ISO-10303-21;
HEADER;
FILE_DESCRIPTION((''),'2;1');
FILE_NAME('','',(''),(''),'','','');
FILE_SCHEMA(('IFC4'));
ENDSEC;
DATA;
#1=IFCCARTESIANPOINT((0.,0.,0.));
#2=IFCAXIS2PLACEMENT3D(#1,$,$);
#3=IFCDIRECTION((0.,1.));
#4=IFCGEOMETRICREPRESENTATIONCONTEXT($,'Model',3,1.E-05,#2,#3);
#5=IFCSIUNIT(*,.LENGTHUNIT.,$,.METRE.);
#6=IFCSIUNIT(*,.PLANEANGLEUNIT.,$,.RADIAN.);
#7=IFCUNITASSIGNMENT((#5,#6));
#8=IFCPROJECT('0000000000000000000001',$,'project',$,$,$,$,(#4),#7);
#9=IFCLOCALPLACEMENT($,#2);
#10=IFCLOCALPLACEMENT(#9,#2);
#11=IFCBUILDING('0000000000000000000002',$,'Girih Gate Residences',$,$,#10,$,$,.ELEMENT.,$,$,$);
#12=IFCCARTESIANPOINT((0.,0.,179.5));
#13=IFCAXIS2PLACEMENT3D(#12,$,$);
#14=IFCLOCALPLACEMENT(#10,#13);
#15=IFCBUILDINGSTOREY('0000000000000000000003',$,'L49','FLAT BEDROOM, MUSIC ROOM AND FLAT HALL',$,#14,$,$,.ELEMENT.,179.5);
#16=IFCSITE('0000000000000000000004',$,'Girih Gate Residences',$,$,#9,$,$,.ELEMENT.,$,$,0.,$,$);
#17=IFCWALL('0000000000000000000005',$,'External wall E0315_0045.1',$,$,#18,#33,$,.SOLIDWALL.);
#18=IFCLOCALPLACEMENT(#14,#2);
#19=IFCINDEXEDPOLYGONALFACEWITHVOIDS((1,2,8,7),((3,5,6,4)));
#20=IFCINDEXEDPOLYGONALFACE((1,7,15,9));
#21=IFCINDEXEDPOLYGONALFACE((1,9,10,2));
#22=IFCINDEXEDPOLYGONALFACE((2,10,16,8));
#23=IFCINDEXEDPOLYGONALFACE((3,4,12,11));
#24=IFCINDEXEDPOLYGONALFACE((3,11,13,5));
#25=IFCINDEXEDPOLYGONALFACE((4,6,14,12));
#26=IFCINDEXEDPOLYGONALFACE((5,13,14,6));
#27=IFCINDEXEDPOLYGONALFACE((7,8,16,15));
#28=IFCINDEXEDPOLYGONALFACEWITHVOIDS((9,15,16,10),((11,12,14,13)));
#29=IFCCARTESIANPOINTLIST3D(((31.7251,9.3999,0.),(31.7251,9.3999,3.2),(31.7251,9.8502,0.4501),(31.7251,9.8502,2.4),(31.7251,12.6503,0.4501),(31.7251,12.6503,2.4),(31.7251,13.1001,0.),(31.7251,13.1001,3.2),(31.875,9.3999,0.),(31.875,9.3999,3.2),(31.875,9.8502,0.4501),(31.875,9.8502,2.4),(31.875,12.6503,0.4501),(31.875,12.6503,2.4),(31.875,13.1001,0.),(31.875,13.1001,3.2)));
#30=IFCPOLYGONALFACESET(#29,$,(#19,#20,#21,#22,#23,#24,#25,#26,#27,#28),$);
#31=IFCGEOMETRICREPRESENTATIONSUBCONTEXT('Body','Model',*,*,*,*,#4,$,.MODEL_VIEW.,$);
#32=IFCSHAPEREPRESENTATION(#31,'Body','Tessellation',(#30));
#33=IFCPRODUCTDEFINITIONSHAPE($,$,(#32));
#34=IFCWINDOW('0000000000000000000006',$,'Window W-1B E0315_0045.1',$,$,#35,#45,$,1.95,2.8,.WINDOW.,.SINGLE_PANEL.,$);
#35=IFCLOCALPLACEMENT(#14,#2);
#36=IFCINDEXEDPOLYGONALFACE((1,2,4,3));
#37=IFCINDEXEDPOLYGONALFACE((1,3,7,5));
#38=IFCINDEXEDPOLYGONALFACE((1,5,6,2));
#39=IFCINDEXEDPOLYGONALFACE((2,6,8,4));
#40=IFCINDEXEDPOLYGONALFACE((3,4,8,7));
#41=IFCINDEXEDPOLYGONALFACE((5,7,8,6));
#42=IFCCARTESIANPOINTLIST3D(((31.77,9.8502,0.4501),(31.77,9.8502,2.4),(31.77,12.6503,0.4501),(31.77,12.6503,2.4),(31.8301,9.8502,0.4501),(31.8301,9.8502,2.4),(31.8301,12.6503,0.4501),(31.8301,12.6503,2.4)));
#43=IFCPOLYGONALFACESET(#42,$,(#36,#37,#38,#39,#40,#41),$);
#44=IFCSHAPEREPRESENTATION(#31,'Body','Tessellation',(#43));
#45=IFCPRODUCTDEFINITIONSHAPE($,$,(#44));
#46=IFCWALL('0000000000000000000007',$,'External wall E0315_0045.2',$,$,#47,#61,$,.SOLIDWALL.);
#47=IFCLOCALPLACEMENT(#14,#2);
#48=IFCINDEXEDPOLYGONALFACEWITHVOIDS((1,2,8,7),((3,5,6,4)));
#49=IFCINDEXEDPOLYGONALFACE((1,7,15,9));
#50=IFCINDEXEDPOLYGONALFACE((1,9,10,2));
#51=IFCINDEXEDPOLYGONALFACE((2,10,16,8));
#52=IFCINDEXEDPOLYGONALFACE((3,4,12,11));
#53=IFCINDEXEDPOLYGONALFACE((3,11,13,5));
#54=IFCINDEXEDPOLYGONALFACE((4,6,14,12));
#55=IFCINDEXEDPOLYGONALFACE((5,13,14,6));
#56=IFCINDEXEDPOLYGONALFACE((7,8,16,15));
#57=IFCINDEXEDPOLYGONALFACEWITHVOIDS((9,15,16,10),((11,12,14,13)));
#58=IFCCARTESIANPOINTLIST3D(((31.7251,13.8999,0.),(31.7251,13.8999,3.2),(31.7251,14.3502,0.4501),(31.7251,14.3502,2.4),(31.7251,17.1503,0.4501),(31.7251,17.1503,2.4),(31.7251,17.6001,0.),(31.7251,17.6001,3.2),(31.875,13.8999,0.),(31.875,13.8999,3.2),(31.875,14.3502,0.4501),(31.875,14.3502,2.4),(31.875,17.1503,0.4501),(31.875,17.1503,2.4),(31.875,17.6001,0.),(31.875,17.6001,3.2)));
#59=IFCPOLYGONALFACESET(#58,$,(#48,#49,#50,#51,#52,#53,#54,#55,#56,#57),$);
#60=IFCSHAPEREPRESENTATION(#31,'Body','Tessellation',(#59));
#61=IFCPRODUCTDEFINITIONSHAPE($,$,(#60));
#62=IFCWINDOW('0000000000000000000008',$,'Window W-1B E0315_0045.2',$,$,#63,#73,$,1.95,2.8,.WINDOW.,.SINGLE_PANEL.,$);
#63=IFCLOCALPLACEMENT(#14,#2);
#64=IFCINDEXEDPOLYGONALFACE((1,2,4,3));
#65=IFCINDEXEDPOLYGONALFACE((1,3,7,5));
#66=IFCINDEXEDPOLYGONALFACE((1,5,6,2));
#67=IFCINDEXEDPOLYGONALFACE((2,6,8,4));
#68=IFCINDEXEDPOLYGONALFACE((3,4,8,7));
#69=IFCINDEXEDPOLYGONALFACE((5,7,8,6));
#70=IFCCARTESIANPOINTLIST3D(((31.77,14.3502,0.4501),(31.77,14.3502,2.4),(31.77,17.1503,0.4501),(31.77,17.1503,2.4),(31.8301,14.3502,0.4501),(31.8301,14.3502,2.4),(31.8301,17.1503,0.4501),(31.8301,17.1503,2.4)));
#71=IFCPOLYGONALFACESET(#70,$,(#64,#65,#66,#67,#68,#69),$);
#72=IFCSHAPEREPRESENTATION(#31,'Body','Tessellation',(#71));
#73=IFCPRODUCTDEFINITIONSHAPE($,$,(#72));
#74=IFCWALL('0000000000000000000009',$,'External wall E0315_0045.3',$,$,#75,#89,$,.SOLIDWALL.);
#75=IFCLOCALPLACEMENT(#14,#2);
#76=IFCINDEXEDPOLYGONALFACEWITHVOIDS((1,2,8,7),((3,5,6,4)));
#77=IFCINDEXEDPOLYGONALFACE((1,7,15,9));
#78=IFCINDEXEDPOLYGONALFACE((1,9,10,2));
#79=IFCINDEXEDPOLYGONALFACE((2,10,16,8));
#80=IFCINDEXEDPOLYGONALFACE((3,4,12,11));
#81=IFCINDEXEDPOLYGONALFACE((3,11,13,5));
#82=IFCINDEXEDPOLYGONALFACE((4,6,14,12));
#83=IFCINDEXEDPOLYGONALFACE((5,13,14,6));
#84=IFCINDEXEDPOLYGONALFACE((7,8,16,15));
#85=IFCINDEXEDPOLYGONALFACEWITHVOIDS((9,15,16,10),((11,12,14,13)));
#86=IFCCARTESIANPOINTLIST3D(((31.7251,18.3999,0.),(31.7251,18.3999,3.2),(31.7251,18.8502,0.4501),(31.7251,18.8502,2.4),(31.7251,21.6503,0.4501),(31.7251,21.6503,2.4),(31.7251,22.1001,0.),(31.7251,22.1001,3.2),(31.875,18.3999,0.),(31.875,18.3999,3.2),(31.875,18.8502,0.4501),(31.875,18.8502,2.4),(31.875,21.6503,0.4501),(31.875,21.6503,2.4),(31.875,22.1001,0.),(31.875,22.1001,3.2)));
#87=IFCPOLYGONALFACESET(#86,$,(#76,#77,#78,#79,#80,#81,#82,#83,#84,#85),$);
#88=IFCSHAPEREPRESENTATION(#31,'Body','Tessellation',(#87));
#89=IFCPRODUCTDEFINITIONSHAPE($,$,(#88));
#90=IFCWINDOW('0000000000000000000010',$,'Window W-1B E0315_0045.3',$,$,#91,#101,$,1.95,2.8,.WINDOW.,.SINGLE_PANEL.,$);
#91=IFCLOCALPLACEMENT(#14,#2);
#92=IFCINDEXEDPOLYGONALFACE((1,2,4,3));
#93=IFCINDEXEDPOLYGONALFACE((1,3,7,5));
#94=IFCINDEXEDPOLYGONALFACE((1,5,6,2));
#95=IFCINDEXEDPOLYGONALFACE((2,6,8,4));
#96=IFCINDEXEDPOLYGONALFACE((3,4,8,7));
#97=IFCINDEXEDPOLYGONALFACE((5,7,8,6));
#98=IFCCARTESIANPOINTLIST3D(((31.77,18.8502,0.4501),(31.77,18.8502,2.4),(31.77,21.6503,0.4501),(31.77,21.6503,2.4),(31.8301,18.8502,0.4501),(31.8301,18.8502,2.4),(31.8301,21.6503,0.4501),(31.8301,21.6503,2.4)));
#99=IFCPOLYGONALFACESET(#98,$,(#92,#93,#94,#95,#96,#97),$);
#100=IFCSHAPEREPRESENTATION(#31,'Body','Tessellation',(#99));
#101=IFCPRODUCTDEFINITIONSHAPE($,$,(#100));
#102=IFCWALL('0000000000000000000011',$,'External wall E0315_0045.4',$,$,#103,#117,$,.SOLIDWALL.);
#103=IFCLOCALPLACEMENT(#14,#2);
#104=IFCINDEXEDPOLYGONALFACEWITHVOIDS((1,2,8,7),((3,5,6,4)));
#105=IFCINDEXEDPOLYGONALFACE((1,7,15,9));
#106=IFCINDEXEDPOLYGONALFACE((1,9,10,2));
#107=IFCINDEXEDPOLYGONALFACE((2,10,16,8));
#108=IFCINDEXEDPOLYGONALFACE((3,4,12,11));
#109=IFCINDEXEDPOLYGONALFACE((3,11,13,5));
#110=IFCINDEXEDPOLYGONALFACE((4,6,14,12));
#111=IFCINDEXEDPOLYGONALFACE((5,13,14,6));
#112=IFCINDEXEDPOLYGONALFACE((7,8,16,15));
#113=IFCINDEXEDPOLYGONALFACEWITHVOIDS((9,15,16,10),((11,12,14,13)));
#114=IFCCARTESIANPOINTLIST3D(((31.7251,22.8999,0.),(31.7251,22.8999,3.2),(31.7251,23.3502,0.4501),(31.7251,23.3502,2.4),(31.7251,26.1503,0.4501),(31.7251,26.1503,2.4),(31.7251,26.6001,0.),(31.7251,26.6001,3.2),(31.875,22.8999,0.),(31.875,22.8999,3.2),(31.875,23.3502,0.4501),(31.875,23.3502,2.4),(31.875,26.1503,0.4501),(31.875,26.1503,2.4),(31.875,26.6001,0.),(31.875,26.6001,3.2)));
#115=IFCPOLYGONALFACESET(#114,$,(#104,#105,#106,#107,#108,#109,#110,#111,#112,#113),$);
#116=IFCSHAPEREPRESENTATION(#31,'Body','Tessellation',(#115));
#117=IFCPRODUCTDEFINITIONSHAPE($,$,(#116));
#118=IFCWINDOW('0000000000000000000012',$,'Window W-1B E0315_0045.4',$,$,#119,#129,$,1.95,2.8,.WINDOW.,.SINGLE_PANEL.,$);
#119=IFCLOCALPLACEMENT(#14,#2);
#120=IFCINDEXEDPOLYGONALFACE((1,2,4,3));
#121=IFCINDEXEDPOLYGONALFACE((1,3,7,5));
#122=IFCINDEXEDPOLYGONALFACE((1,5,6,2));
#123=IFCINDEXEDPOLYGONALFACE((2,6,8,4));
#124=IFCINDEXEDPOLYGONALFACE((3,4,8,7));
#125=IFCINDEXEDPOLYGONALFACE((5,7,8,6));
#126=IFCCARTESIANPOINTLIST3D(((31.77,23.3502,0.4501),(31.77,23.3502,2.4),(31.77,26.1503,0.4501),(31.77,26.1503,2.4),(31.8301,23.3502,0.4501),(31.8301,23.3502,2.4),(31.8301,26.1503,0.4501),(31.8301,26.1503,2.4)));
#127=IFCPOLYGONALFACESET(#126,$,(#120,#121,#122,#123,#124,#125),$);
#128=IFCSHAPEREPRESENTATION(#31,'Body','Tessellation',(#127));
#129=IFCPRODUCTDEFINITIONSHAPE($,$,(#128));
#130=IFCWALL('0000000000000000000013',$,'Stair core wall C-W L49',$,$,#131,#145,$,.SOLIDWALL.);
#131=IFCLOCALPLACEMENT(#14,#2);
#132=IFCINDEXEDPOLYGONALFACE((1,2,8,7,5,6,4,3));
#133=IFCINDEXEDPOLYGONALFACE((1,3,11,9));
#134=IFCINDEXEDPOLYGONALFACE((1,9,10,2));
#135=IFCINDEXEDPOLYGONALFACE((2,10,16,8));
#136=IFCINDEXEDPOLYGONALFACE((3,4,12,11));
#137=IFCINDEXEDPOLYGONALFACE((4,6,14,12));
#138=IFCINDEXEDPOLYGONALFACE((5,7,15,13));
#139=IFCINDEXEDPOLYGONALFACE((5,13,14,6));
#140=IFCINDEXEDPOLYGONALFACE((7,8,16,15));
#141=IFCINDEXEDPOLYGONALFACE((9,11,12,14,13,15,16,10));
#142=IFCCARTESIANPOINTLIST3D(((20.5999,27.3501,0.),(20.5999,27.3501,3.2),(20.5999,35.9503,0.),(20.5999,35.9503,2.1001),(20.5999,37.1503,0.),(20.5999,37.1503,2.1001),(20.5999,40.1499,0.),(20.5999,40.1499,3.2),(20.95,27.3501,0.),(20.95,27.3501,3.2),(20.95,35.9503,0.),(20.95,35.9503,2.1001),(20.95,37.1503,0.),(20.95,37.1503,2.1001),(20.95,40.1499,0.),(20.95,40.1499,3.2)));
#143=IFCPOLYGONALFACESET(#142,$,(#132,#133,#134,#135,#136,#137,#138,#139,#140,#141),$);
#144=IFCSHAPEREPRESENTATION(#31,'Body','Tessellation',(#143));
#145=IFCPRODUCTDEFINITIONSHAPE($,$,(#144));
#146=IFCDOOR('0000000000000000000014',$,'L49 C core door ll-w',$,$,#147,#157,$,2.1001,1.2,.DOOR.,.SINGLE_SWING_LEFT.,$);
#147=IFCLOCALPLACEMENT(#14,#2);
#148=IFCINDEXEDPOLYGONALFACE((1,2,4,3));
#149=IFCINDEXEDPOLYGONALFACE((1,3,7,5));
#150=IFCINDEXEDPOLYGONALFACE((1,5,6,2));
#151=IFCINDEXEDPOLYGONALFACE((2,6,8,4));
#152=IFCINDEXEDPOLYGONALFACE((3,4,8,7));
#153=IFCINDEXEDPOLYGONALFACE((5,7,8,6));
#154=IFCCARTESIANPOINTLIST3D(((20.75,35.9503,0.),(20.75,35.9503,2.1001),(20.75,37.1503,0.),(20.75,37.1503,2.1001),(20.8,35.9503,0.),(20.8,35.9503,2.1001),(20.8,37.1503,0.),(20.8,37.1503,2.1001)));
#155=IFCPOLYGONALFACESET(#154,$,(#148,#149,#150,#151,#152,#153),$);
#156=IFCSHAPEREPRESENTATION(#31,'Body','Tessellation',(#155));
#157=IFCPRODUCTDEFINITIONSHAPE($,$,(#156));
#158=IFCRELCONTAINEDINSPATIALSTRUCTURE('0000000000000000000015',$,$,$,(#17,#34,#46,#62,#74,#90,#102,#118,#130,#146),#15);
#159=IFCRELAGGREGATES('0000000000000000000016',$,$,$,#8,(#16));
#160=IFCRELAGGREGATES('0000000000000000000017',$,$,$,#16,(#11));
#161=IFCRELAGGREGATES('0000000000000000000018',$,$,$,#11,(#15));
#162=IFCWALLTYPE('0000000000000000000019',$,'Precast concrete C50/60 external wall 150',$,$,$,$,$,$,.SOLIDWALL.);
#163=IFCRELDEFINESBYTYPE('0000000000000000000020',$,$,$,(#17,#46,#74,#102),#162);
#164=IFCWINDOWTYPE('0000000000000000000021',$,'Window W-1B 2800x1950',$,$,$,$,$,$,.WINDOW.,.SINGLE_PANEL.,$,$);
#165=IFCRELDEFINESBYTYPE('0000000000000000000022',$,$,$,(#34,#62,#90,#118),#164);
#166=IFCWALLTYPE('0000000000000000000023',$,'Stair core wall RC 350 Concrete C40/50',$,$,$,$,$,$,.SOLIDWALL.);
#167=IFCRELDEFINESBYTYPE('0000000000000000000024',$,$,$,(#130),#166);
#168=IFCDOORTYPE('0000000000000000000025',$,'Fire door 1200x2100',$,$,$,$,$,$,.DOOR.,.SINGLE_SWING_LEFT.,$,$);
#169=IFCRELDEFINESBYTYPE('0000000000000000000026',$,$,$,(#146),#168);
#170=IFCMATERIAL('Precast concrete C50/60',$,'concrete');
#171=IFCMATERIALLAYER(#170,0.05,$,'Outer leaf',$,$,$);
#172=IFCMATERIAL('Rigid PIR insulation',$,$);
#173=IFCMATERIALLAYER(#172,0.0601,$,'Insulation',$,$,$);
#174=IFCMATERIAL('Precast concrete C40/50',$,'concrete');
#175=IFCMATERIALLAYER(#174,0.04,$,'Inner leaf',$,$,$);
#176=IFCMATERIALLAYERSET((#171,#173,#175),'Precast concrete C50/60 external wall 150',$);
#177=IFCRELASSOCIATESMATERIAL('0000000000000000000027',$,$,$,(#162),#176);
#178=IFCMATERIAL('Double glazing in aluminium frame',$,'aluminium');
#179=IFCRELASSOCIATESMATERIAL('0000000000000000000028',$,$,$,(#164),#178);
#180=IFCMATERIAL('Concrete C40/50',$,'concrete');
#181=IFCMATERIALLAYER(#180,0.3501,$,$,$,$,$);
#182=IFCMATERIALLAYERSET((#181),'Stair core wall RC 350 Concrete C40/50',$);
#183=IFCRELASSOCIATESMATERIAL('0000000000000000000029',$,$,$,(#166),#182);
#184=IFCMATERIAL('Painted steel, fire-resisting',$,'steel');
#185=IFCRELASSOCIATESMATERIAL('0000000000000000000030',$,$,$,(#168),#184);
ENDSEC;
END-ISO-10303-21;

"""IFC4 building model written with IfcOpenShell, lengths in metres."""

from ifc_helpers import new_model, si_unit, direction, frame, frame_2d, origin, place, context, subcontext, project, spatial, rectangle, extrude, material, layer, layer_set, type_object, element, fill, save


model = new_model("IFC4")

# Units and contexts
model_context = context("Model", 3, precision=1e-05, world=origin(), true_north=direction((0.0, 1.0)))
body_context = subcontext(model_context, "Body", "Model", "MODEL_VIEW")
ifc_project = project(units=[si_unit("LENGTHUNIT", "METRE"), si_unit("PLANEANGLEUNIT", "RADIAN")], contexts=[model_context])

# Site, building, storey
site_placement = place(None, origin())
site = spatial("IfcSite", under=ifc_project, at=site_placement, Name="Girih Gate Residences", CompositionType="ELEMENT", RefElevation=0.0)
building_placement = place(site_placement, origin())
building = spatial("IfcBuilding", under=site, at=building_placement, Name="Girih Gate Residences", CompositionType="ELEMENT")
storey_placement = place(building_placement, frame((0.0, 0.0, 179.5)))
storey = spatial("IfcBuildingStorey", under=building, at=storey_placement, Name="L49", Description="FLAT BEDROOM, MUSIC ROOM AND FLAT HALL", CompositionType="ELEMENT", Elevation=179.5)

# Walls, openings, windows
ifc_material_1 = material(Name="Precast concrete C50/60", Category="concrete")
ifc_layer_1 = layer(ifc_material_1, 0.05, Name="Outer leaf")
ifc_material_2 = material(Name="Rigid PIR insulation")
ifc_layer_2 = layer(ifc_material_2, 0.0601, Name="Insulation")
ifc_material_3 = material(Name="Precast concrete C40/50", Category="concrete")
ifc_layer_3 = layer(ifc_material_3, 0.04, Name="Inner leaf")
ifc_layer_set_1 = layer_set([ifc_layer_1, ifc_layer_2, ifc_layer_3], Name="Precast concrete C50/60 external wall 150")
wall_type_1 = type_object("IfcWallType", Name="Precast concrete C50/60 external wall 150", PredefinedType="SOLIDWALL", material=ifc_layer_set_1)
wall_1_placement = place(storey_placement, frame((31.8, 13.1001, 0.0), z_axis=(0.0, 0.0, 1.0), x_axis=(0.0, -1.0, 0.0)))
wall_1 = element("IfcWall", 1, at=wall_1_placement, inside=storey, type_object=wall_type_1, Name="External wall E0315_0045.1", PredefinedType="SOLIDWALL", context=body_context, shape_type="SweptSolid", body=[
    extrude(rectangle(XDim=3.7002, YDim=0.1499, at=frame_2d((1.8501, 0.0))), origin(), (0.0, 0.0, 1.0), 3.2),
])
opening_1_placement = place(wall_1_placement, frame((0.45, 0.0, 0.45)))
opening_1 = element("IfcOpeningElement", 2, at=opening_1_placement, cuts=wall_1, PredefinedType="OPENING", context=body_context, shape_type="SweptSolid", body=[
    extrude(rectangle(XDim=2.8, YDim=1.95, at=frame_2d((1.3999, 0.9751))), frame((0.0, 0.085, 0.0), z_axis=(0.0, -1.0, 0.0), x_axis=(1.0, 0.0, 0.0)), (0.0, 0.0, 1.0), 0.1699),
])
ifc_material_4 = material(Name="Double glazing in aluminium frame", Category="aluminium")
window_type = type_object("IfcWindowType", Name="Window W-1B 2800x1950", PartitioningType="SINGLE_PANEL", PredefinedType="WINDOW", material=ifc_material_4)
window_1_placement = place(opening_1_placement, origin())
window_1 = element("IfcWindow", 3, at=window_1_placement, inside=storey, type_object=window_type, Name="Window W-1B E0315_0045.1", OverallHeight=1.95, OverallWidth=2.8, PartitioningType="SINGLE_PANEL", PredefinedType="WINDOW", context=body_context, shape_type="SweptSolid", body=[
    extrude(rectangle(XDim=2.8, YDim=1.95, at=frame_2d((1.3999, 0.9751))), frame((0.0, 0.03, 0.0), z_axis=(0.0, -1.0, 0.0), x_axis=(1.0, 0.0, 0.0)), (0.0, 0.0, 1.0), 0.0601),
])
fill(opening_1, window_1)
wall_2_placement = place(storey_placement, frame((31.8, 17.6001, 0.0), z_axis=(0.0, 0.0, 1.0), x_axis=(0.0, -1.0, 0.0)))
wall_2 = element("IfcWall", 4, at=wall_2_placement, inside=storey, type_object=wall_type_1, Name="External wall E0315_0045.2", PredefinedType="SOLIDWALL", context=body_context, shape_type="SweptSolid", body=[
    extrude(rectangle(XDim=3.7002, YDim=0.1499, at=frame_2d((1.8501, 0.0))), origin(), (0.0, 0.0, 1.0), 3.2),
])
opening_2_placement = place(wall_2_placement, frame((0.45, 0.0, 0.45)))
opening_2 = element("IfcOpeningElement", 5, at=opening_2_placement, cuts=wall_2, PredefinedType="OPENING", context=body_context, shape_type="SweptSolid", body=[
    extrude(rectangle(XDim=2.8, YDim=1.95, at=frame_2d((1.3999, 0.9751))), frame((0.0, 0.085, 0.0), z_axis=(0.0, -1.0, 0.0), x_axis=(1.0, 0.0, 0.0)), (0.0, 0.0, 1.0), 0.1699),
])
window_2_placement = place(opening_2_placement, origin())
window_2 = element("IfcWindow", 6, at=window_2_placement, inside=storey, type_object=window_type, Name="Window W-1B E0315_0045.2", OverallHeight=1.95, OverallWidth=2.8, PartitioningType="SINGLE_PANEL", PredefinedType="WINDOW", context=body_context, shape_type="SweptSolid", body=[
    extrude(rectangle(XDim=2.8, YDim=1.95, at=frame_2d((1.3999, 0.9751))), frame((0.0, 0.03, 0.0), z_axis=(0.0, -1.0, 0.0), x_axis=(1.0, 0.0, 0.0)), (0.0, 0.0, 1.0), 0.0601),
])
fill(opening_2, window_2)
wall_3_placement = place(storey_placement, frame((31.8, 22.1001, 0.0), z_axis=(0.0, 0.0, 1.0), x_axis=(0.0, -1.0, 0.0)))
wall_3 = element("IfcWall", 7, at=wall_3_placement, inside=storey, type_object=wall_type_1, Name="External wall E0315_0045.3", PredefinedType="SOLIDWALL", context=body_context, shape_type="SweptSolid", body=[
    extrude(rectangle(XDim=3.7002, YDim=0.1499, at=frame_2d((1.8501, 0.0))), origin(), (0.0, 0.0, 1.0), 3.2),
])
opening_3_placement = place(wall_3_placement, frame((0.45, 0.0, 0.45)))
opening_3 = element("IfcOpeningElement", 8, at=opening_3_placement, cuts=wall_3, PredefinedType="OPENING", context=body_context, shape_type="SweptSolid", body=[
    extrude(rectangle(XDim=2.8, YDim=1.95, at=frame_2d((1.3999, 0.9751))), frame((0.0, 0.085, 0.0), z_axis=(0.0, -1.0, 0.0), x_axis=(1.0, 0.0, 0.0)), (0.0, 0.0, 1.0), 0.1699),
])
window_3_placement = place(opening_3_placement, origin())
window_3 = element("IfcWindow", 9, at=window_3_placement, inside=storey, type_object=window_type, Name="Window W-1B E0315_0045.3", OverallHeight=1.95, OverallWidth=2.8, PartitioningType="SINGLE_PANEL", PredefinedType="WINDOW", context=body_context, shape_type="SweptSolid", body=[
    extrude(rectangle(XDim=2.8, YDim=1.95, at=frame_2d((1.3999, 0.9751))), frame((0.0, 0.03, 0.0), z_axis=(0.0, -1.0, 0.0), x_axis=(1.0, 0.0, 0.0)), (0.0, 0.0, 1.0), 0.0601),
])
fill(opening_3, window_3)
wall_4_placement = place(storey_placement, frame((31.8, 26.6001, 0.0), z_axis=(0.0, 0.0, 1.0), x_axis=(0.0, -1.0, 0.0)))
wall_4 = element("IfcWall", 10, at=wall_4_placement, inside=storey, type_object=wall_type_1, Name="External wall E0315_0045.4", PredefinedType="SOLIDWALL", context=body_context, shape_type="SweptSolid", body=[
    extrude(rectangle(XDim=3.7002, YDim=0.1499, at=frame_2d((1.8501, 0.0))), origin(), (0.0, 0.0, 1.0), 3.2),
])
opening_4_placement = place(wall_4_placement, frame((0.45, 0.0, 0.45)))
opening_4 = element("IfcOpeningElement", 11, at=opening_4_placement, cuts=wall_4, PredefinedType="OPENING", context=body_context, shape_type="SweptSolid", body=[
    extrude(rectangle(XDim=2.8, YDim=1.95, at=frame_2d((1.3999, 0.9751))), frame((0.0, 0.085, 0.0), z_axis=(0.0, -1.0, 0.0), x_axis=(1.0, 0.0, 0.0)), (0.0, 0.0, 1.0), 0.1699),
])
window_4_placement = place(opening_4_placement, origin())
window_4 = element("IfcWindow", 12, at=window_4_placement, inside=storey, type_object=window_type, Name="Window W-1B E0315_0045.4", OverallHeight=1.95, OverallWidth=2.8, PartitioningType="SINGLE_PANEL", PredefinedType="WINDOW", context=body_context, shape_type="SweptSolid", body=[
    extrude(rectangle(XDim=2.8, YDim=1.95, at=frame_2d((1.3999, 0.9751))), frame((0.0, 0.03, 0.0), z_axis=(0.0, -1.0, 0.0), x_axis=(1.0, 0.0, 0.0)), (0.0, 0.0, 1.0), 0.0601),
])
fill(opening_4, window_4)

# Wall, opening, door
ifc_material_5 = material(Name="Concrete C40/50", Category="concrete")
ifc_layer_4 = layer(ifc_material_5, 0.3501)
ifc_layer_set_2 = layer_set([ifc_layer_4], Name="Stair core wall RC 350 Concrete C40/50")
wall_type_2 = type_object("IfcWallType", Name="Stair core wall RC 350 Concrete C40/50", PredefinedType="SOLIDWALL", material=ifc_layer_set_2)
wall_5_placement = place(storey_placement, frame((20.7749, 27.3501, 0.0), z_axis=(0.0, 0.0, 1.0), x_axis=(0.0, 1.0, 0.0)))
wall_5 = element("IfcWall", 13, at=wall_5_placement, inside=storey, type_object=wall_type_2, Name="Stair core wall C-W L49", PredefinedType="SOLIDWALL", context=body_context, shape_type="SweptSolid", body=[
    extrude(rectangle(XDim=12.7998, YDim=0.3501, at=frame_2d((6.3999, 0.0))), origin(), (0.0, 0.0, 1.0), 3.2),
])
opening_5_placement = place(wall_5_placement, frame((8.6001, 0.0, 0.0)))
opening_5 = element("IfcOpeningElement", 14, at=opening_5_placement, cuts=wall_5, PredefinedType="OPENING", context=body_context, shape_type="SweptSolid", body=[
    extrude(rectangle(XDim=1.2, YDim=2.1001, at=frame_2d((0.6001, 1.05))), frame((0.0, 0.1851, 0.0), z_axis=(0.0, -1.0, 0.0), x_axis=(1.0, 0.0, 0.0)), (0.0, 0.0, 1.0), 0.3701),
])
ifc_material_6 = material(Name="Painted steel, fire-resisting", Category="steel")
door_type_1 = type_object("IfcDoorType", Name="Fire door 1200x2100", OperationType="SINGLE_SWING_LEFT", PredefinedType="DOOR", material=ifc_material_6)
door_1_placement = place(opening_5_placement, origin())
door_1 = element("IfcDoor", 15, at=door_1_placement, inside=storey, type_object=door_type_1, Name="L49 C core door ll-w", OperationType="SINGLE_SWING_LEFT", OverallHeight=2.1001, OverallWidth=1.2, PredefinedType="DOOR", context=body_context, shape_type="SweptSolid", body=[
    extrude(rectangle(XDim=1.2, YDim=2.1001, at=frame_2d((0.6001, 1.05))), frame((0.0, 0.0249, 0.0), z_axis=(0.0, -1.0, 0.0), x_axis=(1.0, 0.0, 0.0)), (0.0, 0.0, 1.0), 0.05),
])
fill(opening_5, door_1)

save(model, "model.ifc")
